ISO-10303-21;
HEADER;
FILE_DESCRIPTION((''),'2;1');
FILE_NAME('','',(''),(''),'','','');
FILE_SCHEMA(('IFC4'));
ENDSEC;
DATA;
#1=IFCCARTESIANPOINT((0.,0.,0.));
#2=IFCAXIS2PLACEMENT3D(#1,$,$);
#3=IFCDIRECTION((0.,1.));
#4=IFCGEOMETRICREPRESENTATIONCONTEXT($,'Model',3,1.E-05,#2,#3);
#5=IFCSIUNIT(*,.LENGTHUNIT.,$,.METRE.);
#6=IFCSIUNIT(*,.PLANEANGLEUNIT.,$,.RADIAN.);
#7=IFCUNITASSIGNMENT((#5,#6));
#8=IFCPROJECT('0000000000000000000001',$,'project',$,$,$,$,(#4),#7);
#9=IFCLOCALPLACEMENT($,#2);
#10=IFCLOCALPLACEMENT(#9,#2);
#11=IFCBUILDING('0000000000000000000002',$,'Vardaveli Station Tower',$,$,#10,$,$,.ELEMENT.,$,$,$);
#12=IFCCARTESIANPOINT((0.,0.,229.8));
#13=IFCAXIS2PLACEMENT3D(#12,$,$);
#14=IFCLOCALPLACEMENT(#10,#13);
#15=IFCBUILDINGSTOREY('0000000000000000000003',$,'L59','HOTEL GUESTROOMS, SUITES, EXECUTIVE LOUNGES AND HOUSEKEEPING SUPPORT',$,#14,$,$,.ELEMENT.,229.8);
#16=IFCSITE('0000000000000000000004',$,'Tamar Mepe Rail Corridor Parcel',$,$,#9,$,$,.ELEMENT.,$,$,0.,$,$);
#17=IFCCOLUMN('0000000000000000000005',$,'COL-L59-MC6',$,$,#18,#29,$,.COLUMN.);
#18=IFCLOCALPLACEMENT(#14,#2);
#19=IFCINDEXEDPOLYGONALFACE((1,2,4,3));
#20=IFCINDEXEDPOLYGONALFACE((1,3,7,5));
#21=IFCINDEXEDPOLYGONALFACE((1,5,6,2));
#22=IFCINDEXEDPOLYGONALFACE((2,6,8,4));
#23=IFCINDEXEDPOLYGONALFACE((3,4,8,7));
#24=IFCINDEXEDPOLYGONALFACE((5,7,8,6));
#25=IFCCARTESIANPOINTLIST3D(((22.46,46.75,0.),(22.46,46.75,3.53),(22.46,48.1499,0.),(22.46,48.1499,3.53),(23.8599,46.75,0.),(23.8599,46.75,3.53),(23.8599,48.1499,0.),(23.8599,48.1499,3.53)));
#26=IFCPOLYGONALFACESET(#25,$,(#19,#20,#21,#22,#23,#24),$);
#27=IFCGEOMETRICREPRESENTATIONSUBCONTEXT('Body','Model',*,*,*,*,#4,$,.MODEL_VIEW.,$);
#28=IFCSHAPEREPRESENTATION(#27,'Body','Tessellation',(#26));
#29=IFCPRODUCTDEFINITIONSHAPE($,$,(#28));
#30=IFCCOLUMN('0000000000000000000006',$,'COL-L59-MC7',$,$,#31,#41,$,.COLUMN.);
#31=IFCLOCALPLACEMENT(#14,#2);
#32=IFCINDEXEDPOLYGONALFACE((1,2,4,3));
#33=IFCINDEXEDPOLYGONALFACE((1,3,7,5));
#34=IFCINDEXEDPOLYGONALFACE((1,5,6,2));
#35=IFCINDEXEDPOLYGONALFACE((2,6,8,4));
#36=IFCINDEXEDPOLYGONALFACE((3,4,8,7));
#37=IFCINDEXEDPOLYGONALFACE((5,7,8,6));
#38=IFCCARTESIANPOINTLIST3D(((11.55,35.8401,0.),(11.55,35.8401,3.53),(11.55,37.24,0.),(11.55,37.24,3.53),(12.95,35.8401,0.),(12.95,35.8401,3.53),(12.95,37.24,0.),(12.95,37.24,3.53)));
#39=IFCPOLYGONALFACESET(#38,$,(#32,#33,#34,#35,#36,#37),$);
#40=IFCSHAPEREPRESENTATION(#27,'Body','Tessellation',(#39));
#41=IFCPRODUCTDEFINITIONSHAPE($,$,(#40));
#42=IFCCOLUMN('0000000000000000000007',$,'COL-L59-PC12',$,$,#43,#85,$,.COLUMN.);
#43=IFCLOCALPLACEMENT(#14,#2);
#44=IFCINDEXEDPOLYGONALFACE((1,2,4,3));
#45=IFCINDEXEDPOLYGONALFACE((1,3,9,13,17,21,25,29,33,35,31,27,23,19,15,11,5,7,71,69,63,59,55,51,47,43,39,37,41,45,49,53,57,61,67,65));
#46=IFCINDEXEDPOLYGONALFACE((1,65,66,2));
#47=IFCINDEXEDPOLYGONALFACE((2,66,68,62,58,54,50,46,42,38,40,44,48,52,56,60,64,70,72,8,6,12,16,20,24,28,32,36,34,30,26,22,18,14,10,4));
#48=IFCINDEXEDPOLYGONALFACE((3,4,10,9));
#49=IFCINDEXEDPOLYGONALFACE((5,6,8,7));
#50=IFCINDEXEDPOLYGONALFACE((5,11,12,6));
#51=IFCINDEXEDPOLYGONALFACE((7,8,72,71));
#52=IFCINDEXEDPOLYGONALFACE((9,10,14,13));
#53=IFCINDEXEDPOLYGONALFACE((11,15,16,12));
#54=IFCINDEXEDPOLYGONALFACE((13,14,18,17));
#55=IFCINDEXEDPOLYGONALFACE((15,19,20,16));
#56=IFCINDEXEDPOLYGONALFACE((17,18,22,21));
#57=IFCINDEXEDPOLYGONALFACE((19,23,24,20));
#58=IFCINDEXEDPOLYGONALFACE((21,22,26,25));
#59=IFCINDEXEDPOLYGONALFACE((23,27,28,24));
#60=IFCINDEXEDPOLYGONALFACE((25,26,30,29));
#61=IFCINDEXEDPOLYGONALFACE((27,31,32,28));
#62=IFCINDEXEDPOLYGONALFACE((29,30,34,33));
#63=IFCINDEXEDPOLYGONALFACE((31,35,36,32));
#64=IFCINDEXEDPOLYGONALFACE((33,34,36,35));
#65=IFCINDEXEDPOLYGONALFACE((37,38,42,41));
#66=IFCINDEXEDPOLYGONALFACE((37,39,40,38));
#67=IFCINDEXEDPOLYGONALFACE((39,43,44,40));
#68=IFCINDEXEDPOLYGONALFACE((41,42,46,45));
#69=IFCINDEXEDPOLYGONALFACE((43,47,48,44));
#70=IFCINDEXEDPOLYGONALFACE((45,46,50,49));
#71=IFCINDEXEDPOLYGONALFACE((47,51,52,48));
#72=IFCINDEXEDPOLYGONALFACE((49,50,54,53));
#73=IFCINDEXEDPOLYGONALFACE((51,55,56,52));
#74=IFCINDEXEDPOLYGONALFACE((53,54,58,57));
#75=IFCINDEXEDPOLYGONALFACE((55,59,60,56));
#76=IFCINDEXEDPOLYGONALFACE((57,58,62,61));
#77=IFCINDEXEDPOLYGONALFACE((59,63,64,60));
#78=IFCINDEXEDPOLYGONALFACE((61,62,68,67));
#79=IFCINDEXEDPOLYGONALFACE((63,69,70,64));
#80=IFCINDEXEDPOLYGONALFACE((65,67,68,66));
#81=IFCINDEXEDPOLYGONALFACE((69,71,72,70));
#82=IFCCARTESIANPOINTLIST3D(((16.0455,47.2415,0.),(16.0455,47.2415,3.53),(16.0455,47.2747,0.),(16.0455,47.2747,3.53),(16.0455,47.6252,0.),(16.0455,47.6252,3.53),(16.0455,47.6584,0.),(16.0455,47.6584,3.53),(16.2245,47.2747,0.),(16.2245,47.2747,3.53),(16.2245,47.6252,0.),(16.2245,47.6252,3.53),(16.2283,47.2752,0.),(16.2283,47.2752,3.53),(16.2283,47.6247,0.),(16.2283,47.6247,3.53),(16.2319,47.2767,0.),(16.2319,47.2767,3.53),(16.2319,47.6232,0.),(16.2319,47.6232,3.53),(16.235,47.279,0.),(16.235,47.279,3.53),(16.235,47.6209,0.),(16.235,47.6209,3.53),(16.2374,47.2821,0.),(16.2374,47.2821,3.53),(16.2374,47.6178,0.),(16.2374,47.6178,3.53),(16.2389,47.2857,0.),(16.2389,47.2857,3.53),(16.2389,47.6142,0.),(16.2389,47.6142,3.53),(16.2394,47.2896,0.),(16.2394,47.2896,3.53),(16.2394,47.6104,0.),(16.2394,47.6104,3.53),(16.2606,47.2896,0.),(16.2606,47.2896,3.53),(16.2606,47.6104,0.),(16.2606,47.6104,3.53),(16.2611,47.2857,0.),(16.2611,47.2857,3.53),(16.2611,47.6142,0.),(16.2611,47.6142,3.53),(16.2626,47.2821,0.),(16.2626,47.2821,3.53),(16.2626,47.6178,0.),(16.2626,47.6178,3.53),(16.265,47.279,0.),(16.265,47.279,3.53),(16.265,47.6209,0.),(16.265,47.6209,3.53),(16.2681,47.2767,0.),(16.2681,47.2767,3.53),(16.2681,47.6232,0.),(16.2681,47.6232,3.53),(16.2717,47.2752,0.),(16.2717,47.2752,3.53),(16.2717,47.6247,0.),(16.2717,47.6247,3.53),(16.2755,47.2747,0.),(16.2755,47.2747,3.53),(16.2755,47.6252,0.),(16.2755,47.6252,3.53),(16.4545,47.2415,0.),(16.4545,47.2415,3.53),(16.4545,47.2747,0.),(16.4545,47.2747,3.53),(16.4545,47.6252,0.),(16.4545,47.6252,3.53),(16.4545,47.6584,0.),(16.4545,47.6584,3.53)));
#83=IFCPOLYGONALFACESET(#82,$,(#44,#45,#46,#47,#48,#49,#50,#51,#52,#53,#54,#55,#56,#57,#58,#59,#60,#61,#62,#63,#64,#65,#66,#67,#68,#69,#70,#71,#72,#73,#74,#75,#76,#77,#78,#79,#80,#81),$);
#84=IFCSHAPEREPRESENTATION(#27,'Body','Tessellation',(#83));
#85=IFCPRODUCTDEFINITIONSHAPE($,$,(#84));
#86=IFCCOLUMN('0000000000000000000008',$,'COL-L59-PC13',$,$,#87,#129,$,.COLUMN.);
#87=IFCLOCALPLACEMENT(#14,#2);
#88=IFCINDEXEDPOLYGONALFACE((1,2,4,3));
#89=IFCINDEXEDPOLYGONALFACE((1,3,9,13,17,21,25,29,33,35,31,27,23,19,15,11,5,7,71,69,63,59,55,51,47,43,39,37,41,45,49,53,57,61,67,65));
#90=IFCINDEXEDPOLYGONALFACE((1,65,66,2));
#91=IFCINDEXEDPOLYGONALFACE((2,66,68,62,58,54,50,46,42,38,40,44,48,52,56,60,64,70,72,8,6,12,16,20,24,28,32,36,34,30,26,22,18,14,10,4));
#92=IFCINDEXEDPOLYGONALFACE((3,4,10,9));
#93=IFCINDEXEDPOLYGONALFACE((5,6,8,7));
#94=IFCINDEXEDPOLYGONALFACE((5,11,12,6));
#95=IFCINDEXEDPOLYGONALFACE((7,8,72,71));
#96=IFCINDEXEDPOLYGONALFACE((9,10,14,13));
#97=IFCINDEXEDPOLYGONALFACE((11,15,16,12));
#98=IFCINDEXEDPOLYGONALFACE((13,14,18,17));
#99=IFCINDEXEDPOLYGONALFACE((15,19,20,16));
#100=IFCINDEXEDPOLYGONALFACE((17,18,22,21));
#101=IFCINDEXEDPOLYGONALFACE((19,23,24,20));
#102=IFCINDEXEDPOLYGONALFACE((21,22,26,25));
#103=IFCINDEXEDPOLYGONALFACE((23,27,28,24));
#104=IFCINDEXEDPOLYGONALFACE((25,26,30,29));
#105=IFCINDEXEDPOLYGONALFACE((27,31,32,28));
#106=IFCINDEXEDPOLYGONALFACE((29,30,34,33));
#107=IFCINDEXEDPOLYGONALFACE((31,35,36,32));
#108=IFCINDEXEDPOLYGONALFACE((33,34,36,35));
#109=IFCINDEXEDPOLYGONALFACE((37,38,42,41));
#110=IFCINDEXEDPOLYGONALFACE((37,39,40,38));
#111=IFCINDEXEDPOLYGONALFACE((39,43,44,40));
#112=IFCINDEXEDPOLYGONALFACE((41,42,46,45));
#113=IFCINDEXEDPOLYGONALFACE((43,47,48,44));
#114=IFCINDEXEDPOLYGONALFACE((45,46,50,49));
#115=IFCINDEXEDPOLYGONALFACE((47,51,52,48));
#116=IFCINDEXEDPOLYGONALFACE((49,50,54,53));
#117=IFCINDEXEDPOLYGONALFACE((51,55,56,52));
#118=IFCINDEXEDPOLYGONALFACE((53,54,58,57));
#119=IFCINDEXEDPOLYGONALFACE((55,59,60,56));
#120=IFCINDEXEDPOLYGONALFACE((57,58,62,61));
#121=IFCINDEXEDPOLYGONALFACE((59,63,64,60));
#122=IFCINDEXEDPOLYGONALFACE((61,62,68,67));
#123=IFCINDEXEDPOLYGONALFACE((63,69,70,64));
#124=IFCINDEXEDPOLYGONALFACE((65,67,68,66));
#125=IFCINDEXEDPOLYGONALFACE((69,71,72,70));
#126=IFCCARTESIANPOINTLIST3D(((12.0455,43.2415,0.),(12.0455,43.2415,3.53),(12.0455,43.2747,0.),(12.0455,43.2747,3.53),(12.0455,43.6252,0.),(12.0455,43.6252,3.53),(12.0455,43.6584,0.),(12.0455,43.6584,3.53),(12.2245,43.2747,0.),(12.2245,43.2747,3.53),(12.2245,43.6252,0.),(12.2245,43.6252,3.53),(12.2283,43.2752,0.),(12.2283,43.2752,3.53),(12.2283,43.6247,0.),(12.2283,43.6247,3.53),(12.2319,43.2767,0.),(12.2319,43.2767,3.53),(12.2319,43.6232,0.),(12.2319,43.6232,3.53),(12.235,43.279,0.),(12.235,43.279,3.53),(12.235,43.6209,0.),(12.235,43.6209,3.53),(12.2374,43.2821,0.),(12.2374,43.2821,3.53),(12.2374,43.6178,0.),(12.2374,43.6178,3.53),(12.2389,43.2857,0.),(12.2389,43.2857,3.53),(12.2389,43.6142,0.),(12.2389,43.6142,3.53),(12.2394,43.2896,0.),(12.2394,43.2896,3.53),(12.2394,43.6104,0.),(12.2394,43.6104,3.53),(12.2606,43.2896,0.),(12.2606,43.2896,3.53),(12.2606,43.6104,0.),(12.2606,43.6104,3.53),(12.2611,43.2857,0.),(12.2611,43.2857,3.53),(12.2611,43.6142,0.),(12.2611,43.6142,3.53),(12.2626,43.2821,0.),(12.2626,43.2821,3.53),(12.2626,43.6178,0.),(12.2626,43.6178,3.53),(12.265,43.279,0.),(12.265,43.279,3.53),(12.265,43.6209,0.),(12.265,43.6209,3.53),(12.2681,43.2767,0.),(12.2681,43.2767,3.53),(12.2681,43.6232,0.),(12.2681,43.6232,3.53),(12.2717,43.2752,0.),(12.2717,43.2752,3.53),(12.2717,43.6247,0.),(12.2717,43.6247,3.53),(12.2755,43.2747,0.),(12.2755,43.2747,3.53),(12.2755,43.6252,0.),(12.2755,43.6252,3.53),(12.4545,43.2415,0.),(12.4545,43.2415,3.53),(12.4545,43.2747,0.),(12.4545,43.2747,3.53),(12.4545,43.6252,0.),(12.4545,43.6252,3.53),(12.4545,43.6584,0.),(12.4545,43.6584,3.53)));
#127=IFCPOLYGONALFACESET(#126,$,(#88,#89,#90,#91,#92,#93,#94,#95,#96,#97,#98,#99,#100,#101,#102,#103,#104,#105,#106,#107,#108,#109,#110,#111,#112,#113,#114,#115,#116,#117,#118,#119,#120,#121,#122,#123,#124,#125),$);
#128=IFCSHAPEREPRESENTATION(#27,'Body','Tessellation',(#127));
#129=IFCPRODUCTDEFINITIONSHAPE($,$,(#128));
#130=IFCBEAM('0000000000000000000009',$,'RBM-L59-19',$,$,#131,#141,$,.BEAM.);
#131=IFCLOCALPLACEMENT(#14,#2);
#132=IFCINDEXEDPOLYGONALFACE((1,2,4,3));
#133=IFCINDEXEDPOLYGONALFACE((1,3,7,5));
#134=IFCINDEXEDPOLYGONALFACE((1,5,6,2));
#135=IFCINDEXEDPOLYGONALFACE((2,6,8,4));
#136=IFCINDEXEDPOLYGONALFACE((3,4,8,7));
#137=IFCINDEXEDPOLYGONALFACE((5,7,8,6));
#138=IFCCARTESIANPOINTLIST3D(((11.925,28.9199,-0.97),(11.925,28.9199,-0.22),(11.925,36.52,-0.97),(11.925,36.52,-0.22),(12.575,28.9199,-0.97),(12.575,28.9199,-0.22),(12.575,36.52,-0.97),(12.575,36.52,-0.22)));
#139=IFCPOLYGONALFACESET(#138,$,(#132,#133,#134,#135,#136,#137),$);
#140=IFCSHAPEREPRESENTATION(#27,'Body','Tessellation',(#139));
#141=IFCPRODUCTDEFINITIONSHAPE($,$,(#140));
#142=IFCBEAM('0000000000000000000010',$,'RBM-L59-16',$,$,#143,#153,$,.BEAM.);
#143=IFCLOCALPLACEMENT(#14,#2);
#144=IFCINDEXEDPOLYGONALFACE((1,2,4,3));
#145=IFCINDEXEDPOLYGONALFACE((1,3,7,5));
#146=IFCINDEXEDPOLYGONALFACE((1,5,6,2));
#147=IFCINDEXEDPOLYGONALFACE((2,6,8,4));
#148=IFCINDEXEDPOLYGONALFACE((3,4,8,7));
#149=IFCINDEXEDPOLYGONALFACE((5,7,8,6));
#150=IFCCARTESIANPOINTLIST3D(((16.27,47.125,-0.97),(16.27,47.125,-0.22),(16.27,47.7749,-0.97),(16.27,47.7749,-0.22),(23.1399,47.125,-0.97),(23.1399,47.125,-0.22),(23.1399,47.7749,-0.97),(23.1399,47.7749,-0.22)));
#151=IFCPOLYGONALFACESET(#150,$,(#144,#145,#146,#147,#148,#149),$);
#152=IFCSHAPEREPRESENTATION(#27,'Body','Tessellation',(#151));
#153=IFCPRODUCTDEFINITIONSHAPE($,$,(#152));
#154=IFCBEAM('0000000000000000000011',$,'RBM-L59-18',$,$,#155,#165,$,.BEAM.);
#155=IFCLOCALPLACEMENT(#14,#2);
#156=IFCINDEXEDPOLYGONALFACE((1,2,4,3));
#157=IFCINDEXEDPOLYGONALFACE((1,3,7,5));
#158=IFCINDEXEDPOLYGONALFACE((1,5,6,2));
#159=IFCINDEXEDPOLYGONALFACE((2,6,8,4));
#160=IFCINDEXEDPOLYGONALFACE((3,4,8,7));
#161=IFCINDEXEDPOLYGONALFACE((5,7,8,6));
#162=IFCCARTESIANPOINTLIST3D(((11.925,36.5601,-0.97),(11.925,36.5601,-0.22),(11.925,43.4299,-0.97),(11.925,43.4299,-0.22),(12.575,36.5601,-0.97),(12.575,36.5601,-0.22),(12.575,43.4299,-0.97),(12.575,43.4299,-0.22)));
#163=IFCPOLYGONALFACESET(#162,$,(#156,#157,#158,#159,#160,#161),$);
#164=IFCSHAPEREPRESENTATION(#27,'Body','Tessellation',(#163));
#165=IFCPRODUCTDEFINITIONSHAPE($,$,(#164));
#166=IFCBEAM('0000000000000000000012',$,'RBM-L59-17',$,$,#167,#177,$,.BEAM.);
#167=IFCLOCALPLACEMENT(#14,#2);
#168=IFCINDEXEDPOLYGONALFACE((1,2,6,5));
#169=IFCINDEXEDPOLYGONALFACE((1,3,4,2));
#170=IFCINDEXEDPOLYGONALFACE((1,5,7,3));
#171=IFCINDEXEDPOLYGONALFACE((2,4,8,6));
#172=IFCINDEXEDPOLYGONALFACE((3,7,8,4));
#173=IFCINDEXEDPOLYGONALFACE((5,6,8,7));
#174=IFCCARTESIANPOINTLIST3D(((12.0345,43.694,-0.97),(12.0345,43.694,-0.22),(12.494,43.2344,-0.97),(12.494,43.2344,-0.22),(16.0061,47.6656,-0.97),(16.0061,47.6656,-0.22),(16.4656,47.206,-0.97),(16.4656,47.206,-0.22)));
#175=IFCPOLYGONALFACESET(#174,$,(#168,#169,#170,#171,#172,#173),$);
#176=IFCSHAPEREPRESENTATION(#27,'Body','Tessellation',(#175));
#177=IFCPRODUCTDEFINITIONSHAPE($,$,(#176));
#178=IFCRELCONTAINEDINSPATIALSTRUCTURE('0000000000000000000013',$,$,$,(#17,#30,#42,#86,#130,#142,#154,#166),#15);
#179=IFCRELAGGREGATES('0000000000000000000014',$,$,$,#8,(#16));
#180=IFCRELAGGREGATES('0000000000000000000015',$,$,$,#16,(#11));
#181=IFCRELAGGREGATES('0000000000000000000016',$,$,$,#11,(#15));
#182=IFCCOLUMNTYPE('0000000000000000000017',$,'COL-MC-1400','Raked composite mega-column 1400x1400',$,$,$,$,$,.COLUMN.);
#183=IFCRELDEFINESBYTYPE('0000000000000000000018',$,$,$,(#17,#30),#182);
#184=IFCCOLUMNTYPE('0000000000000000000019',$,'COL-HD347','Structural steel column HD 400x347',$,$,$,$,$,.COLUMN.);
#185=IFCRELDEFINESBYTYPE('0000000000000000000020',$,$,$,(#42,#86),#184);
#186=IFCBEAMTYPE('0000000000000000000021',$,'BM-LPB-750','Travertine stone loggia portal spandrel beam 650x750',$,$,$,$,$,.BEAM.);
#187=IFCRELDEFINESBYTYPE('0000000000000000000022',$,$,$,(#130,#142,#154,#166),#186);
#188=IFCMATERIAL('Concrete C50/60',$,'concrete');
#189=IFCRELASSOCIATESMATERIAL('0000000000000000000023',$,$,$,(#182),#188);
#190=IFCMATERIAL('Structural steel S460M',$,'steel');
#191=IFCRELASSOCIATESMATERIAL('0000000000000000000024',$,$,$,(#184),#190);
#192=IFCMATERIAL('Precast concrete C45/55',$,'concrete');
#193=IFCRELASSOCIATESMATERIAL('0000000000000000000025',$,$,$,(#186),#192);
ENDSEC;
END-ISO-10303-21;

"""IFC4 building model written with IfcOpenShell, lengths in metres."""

from ifc_helpers import new_model, si_unit, direction, frame, origin, origin_2d, place, context, subcontext, project, spatial, rectangle, i_section, extrude, source, transform, mapped, material, material_profile, profile_set, type_object, element, save


model = new_model("IFC4")

# Units and contexts
model_context = context("Model", 3, precision=1e-05, world=origin(), true_north=direction((0.0, 1.0)))
body_context = subcontext(model_context, "Body", "Model", "MODEL_VIEW")
ifc_project = project(units=[si_unit("LENGTHUNIT", "METRE"), si_unit("PLANEANGLEUNIT", "RADIAN")], contexts=[model_context])

# Site, building, storey
site_placement = place(None, origin())
site = spatial("IfcSite", under=ifc_project, at=site_placement, Name="Tamar Mepe Rail Corridor Parcel", CompositionType="ELEMENT", RefElevation=0.0)
building_placement = place(site_placement, origin())
building = spatial("IfcBuilding", under=site, at=building_placement, Name="Vardaveli Station Tower", CompositionType="ELEMENT")
storey_placement = place(building_placement, frame((0.0, 0.0, 229.8)))
storey = spatial("IfcBuildingStorey", under=building, at=storey_placement, Name="L59", Description="HOTEL GUESTROOMS, SUITES, EXECUTIVE LOUNGES AND HOUSEKEEPING SUPPORT", CompositionType="ELEMENT", Elevation=229.8)

# Columns
ifc_material_1 = material(Name="Concrete C50/60", Category="concrete")
ifc_material_profile_1 = material_profile(ifc_material_1, rectangle(XDim=1.3999, YDim=1.3999, at=origin_2d()), Name="MC 1400x1400")
ifc_profile_set_1 = profile_set([ifc_material_profile_1], Name="Concrete C50/60")
column_type_1 = type_object("IfcColumnType", Name="COL-MC-1400", Description="Raked composite mega-column 1400x1400", PredefinedType="COLUMN", material=ifc_profile_set_1)
shared_shape_1 = source(origin(), body_context, "Body", "SweptSolid", [
    extrude(rectangle(XDim=1.3999, YDim=1.3999, at=origin_2d()), origin(), (0.0, 0.0, 1.0), 3.53),
])
for number, where, z_axis, x_axis, name in (
    (1, (23.1599, 47.45, 0.0), (0.0, 0.0, 1.0), (1.0, 0.0, 0.0), "COL-L59-MC6"),
    (2, (12.25, 36.54, 0.0), (0.0, 0.0, 1.0), (1.0, 0.0, 0.0), "COL-L59-MC7"),
):
    element("IfcColumn", number, at=place(storey_placement, frame(where, z_axis=z_axis, x_axis=x_axis)), inside=storey, type_object=column_type_1, Name=name, PredefinedType="COLUMN", context=body_context, shape_type="MappedRepresentation", body=[
        mapped(shared_shape_1, transform((0.0, 0.0, 0.0), scale=1.0)),
    ])
ifc_material_2 = material(Name="Structural steel S460M", Category="steel")
ifc_material_profile_2 = material_profile(ifc_material_2, i_section(OverallWidth=0.4089, OverallDepth=0.417, WebThickness=0.0212, FlangeThickness=0.0332, FilletRadius=0.0149, at=origin_2d()), Name="HD 400x347")
ifc_profile_set_2 = profile_set([ifc_material_profile_2], Name="Structural steel S460M")
column_type_2 = type_object("IfcColumnType", Name="COL-HD347", Description="Structural steel column HD 400x347", PredefinedType="COLUMN", material=ifc_profile_set_2)
shared_shape_2 = source(origin(), body_context, "Body", "SweptSolid", [
    extrude(i_section(OverallWidth=0.4089, OverallDepth=0.417, WebThickness=0.0212, FlangeThickness=0.0332, FilletRadius=0.0149, at=origin_2d()), origin(), (0.0, 0.0, 1.0), 3.53),
])
for number, where, z_axis, x_axis, name in (
    (3, (16.25, 47.45, 0.0), (0.0, 0.0, 1.0), (1.0, 0.0, 0.0), "COL-L59-PC12"),
    (4, (12.25, 43.45, 0.0), (0.0, 0.0, 1.0), (1.0, 0.0, 0.0), "COL-L59-PC13"),
):
    element("IfcColumn", number, at=place(storey_placement, frame(where, z_axis=z_axis, x_axis=x_axis)), inside=storey, type_object=column_type_2, Name=name, PredefinedType="COLUMN", context=body_context, shape_type="MappedRepresentation", body=[
        mapped(shared_shape_2, transform((0.0, 0.0, 0.0), scale=1.0)),
    ])

# Beams
ifc_material_3 = material(Name="Precast concrete C45/55", Category="concrete")
ifc_material_profile_3 = material_profile(ifc_material_3, rectangle(XDim=0.6499, YDim=0.75, at=origin_2d()), Name="LPB 650x750")
ifc_profile_set_3 = profile_set([ifc_material_profile_3], Name="Precast concrete C45/55")
beam_type_1 = type_object("IfcBeamType", Name="BM-LPB-750", Description="Travertine stone loggia portal spandrel beam 650x750", PredefinedType="BEAM", material=ifc_profile_set_3)
shared_shape_3 = source(origin(), body_context, "Body", "SweptSolid", [
    extrude(rectangle(XDim=0.6499, YDim=0.75, at=origin_2d()), origin(), (0.0, 0.0, 1.0), 7.6001),
])
beam_1_placement = place(storey_placement, frame((12.25, 36.52, -0.595), z_axis=(0.0, -1.0, 0.0), x_axis=(1.0, 0.0, 0.0)))
element("IfcBeam", 5, at=beam_1_placement, inside=storey, type_object=beam_type_1, Name="RBM-L59-19", PredefinedType="BEAM", context=body_context, shape_type="MappedRepresentation", body=[
    mapped(shared_shape_3, transform((0.0, 0.0, 0.0), scale=1.0)),
])
shared_shape_4 = source(origin(), body_context, "Body", "SweptSolid", [
    extrude(rectangle(XDim=0.6499, YDim=0.75, at=origin_2d()), origin(), (0.0, 0.0, 1.0), 6.8699),
])
for number, where, z_axis, x_axis, name in (
    (6, (23.1399, 47.45, -0.595), (-1.0, 0.0, 0.0), (0.0, -1.0, 0.0), "RBM-L59-16"),
    (7, (12.25, 43.4299, -0.595), (0.0, -1.0, 0.0), (1.0, 0.0, 0.0), "RBM-L59-18"),
):
    element("IfcBeam", number, at=place(storey_placement, frame(where, z_axis=z_axis, x_axis=x_axis)), inside=storey, type_object=beam_type_1, Name=name, PredefinedType="BEAM", context=body_context, shape_type="MappedRepresentation", body=[
        mapped(shared_shape_4, transform((0.0, 0.0, 0.0), scale=1.0)),
    ])
shared_shape_5 = source(origin(), body_context, "Body", "SweptSolid", [
    extrude(rectangle(XDim=0.6499, YDim=0.75, at=origin_2d()), origin(), (0.0, 0.0, 1.0), 5.6167),
])
beam_2_placement = place(storey_placement, frame((16.2358, 47.4358, -0.595), z_axis=(-0.707107, -0.707107, 0.0), x_axis=(0.707107, -0.707107, 0.0)))
element("IfcBeam", 8, at=beam_2_placement, inside=storey, type_object=beam_type_1, Name="RBM-L59-17", PredefinedType="BEAM", context=body_context, shape_type="MappedRepresentation", body=[
    mapped(shared_shape_5, transform((0.0, 0.0, 0.0), scale=1.0)),
])

save(model, "model.ifc")
